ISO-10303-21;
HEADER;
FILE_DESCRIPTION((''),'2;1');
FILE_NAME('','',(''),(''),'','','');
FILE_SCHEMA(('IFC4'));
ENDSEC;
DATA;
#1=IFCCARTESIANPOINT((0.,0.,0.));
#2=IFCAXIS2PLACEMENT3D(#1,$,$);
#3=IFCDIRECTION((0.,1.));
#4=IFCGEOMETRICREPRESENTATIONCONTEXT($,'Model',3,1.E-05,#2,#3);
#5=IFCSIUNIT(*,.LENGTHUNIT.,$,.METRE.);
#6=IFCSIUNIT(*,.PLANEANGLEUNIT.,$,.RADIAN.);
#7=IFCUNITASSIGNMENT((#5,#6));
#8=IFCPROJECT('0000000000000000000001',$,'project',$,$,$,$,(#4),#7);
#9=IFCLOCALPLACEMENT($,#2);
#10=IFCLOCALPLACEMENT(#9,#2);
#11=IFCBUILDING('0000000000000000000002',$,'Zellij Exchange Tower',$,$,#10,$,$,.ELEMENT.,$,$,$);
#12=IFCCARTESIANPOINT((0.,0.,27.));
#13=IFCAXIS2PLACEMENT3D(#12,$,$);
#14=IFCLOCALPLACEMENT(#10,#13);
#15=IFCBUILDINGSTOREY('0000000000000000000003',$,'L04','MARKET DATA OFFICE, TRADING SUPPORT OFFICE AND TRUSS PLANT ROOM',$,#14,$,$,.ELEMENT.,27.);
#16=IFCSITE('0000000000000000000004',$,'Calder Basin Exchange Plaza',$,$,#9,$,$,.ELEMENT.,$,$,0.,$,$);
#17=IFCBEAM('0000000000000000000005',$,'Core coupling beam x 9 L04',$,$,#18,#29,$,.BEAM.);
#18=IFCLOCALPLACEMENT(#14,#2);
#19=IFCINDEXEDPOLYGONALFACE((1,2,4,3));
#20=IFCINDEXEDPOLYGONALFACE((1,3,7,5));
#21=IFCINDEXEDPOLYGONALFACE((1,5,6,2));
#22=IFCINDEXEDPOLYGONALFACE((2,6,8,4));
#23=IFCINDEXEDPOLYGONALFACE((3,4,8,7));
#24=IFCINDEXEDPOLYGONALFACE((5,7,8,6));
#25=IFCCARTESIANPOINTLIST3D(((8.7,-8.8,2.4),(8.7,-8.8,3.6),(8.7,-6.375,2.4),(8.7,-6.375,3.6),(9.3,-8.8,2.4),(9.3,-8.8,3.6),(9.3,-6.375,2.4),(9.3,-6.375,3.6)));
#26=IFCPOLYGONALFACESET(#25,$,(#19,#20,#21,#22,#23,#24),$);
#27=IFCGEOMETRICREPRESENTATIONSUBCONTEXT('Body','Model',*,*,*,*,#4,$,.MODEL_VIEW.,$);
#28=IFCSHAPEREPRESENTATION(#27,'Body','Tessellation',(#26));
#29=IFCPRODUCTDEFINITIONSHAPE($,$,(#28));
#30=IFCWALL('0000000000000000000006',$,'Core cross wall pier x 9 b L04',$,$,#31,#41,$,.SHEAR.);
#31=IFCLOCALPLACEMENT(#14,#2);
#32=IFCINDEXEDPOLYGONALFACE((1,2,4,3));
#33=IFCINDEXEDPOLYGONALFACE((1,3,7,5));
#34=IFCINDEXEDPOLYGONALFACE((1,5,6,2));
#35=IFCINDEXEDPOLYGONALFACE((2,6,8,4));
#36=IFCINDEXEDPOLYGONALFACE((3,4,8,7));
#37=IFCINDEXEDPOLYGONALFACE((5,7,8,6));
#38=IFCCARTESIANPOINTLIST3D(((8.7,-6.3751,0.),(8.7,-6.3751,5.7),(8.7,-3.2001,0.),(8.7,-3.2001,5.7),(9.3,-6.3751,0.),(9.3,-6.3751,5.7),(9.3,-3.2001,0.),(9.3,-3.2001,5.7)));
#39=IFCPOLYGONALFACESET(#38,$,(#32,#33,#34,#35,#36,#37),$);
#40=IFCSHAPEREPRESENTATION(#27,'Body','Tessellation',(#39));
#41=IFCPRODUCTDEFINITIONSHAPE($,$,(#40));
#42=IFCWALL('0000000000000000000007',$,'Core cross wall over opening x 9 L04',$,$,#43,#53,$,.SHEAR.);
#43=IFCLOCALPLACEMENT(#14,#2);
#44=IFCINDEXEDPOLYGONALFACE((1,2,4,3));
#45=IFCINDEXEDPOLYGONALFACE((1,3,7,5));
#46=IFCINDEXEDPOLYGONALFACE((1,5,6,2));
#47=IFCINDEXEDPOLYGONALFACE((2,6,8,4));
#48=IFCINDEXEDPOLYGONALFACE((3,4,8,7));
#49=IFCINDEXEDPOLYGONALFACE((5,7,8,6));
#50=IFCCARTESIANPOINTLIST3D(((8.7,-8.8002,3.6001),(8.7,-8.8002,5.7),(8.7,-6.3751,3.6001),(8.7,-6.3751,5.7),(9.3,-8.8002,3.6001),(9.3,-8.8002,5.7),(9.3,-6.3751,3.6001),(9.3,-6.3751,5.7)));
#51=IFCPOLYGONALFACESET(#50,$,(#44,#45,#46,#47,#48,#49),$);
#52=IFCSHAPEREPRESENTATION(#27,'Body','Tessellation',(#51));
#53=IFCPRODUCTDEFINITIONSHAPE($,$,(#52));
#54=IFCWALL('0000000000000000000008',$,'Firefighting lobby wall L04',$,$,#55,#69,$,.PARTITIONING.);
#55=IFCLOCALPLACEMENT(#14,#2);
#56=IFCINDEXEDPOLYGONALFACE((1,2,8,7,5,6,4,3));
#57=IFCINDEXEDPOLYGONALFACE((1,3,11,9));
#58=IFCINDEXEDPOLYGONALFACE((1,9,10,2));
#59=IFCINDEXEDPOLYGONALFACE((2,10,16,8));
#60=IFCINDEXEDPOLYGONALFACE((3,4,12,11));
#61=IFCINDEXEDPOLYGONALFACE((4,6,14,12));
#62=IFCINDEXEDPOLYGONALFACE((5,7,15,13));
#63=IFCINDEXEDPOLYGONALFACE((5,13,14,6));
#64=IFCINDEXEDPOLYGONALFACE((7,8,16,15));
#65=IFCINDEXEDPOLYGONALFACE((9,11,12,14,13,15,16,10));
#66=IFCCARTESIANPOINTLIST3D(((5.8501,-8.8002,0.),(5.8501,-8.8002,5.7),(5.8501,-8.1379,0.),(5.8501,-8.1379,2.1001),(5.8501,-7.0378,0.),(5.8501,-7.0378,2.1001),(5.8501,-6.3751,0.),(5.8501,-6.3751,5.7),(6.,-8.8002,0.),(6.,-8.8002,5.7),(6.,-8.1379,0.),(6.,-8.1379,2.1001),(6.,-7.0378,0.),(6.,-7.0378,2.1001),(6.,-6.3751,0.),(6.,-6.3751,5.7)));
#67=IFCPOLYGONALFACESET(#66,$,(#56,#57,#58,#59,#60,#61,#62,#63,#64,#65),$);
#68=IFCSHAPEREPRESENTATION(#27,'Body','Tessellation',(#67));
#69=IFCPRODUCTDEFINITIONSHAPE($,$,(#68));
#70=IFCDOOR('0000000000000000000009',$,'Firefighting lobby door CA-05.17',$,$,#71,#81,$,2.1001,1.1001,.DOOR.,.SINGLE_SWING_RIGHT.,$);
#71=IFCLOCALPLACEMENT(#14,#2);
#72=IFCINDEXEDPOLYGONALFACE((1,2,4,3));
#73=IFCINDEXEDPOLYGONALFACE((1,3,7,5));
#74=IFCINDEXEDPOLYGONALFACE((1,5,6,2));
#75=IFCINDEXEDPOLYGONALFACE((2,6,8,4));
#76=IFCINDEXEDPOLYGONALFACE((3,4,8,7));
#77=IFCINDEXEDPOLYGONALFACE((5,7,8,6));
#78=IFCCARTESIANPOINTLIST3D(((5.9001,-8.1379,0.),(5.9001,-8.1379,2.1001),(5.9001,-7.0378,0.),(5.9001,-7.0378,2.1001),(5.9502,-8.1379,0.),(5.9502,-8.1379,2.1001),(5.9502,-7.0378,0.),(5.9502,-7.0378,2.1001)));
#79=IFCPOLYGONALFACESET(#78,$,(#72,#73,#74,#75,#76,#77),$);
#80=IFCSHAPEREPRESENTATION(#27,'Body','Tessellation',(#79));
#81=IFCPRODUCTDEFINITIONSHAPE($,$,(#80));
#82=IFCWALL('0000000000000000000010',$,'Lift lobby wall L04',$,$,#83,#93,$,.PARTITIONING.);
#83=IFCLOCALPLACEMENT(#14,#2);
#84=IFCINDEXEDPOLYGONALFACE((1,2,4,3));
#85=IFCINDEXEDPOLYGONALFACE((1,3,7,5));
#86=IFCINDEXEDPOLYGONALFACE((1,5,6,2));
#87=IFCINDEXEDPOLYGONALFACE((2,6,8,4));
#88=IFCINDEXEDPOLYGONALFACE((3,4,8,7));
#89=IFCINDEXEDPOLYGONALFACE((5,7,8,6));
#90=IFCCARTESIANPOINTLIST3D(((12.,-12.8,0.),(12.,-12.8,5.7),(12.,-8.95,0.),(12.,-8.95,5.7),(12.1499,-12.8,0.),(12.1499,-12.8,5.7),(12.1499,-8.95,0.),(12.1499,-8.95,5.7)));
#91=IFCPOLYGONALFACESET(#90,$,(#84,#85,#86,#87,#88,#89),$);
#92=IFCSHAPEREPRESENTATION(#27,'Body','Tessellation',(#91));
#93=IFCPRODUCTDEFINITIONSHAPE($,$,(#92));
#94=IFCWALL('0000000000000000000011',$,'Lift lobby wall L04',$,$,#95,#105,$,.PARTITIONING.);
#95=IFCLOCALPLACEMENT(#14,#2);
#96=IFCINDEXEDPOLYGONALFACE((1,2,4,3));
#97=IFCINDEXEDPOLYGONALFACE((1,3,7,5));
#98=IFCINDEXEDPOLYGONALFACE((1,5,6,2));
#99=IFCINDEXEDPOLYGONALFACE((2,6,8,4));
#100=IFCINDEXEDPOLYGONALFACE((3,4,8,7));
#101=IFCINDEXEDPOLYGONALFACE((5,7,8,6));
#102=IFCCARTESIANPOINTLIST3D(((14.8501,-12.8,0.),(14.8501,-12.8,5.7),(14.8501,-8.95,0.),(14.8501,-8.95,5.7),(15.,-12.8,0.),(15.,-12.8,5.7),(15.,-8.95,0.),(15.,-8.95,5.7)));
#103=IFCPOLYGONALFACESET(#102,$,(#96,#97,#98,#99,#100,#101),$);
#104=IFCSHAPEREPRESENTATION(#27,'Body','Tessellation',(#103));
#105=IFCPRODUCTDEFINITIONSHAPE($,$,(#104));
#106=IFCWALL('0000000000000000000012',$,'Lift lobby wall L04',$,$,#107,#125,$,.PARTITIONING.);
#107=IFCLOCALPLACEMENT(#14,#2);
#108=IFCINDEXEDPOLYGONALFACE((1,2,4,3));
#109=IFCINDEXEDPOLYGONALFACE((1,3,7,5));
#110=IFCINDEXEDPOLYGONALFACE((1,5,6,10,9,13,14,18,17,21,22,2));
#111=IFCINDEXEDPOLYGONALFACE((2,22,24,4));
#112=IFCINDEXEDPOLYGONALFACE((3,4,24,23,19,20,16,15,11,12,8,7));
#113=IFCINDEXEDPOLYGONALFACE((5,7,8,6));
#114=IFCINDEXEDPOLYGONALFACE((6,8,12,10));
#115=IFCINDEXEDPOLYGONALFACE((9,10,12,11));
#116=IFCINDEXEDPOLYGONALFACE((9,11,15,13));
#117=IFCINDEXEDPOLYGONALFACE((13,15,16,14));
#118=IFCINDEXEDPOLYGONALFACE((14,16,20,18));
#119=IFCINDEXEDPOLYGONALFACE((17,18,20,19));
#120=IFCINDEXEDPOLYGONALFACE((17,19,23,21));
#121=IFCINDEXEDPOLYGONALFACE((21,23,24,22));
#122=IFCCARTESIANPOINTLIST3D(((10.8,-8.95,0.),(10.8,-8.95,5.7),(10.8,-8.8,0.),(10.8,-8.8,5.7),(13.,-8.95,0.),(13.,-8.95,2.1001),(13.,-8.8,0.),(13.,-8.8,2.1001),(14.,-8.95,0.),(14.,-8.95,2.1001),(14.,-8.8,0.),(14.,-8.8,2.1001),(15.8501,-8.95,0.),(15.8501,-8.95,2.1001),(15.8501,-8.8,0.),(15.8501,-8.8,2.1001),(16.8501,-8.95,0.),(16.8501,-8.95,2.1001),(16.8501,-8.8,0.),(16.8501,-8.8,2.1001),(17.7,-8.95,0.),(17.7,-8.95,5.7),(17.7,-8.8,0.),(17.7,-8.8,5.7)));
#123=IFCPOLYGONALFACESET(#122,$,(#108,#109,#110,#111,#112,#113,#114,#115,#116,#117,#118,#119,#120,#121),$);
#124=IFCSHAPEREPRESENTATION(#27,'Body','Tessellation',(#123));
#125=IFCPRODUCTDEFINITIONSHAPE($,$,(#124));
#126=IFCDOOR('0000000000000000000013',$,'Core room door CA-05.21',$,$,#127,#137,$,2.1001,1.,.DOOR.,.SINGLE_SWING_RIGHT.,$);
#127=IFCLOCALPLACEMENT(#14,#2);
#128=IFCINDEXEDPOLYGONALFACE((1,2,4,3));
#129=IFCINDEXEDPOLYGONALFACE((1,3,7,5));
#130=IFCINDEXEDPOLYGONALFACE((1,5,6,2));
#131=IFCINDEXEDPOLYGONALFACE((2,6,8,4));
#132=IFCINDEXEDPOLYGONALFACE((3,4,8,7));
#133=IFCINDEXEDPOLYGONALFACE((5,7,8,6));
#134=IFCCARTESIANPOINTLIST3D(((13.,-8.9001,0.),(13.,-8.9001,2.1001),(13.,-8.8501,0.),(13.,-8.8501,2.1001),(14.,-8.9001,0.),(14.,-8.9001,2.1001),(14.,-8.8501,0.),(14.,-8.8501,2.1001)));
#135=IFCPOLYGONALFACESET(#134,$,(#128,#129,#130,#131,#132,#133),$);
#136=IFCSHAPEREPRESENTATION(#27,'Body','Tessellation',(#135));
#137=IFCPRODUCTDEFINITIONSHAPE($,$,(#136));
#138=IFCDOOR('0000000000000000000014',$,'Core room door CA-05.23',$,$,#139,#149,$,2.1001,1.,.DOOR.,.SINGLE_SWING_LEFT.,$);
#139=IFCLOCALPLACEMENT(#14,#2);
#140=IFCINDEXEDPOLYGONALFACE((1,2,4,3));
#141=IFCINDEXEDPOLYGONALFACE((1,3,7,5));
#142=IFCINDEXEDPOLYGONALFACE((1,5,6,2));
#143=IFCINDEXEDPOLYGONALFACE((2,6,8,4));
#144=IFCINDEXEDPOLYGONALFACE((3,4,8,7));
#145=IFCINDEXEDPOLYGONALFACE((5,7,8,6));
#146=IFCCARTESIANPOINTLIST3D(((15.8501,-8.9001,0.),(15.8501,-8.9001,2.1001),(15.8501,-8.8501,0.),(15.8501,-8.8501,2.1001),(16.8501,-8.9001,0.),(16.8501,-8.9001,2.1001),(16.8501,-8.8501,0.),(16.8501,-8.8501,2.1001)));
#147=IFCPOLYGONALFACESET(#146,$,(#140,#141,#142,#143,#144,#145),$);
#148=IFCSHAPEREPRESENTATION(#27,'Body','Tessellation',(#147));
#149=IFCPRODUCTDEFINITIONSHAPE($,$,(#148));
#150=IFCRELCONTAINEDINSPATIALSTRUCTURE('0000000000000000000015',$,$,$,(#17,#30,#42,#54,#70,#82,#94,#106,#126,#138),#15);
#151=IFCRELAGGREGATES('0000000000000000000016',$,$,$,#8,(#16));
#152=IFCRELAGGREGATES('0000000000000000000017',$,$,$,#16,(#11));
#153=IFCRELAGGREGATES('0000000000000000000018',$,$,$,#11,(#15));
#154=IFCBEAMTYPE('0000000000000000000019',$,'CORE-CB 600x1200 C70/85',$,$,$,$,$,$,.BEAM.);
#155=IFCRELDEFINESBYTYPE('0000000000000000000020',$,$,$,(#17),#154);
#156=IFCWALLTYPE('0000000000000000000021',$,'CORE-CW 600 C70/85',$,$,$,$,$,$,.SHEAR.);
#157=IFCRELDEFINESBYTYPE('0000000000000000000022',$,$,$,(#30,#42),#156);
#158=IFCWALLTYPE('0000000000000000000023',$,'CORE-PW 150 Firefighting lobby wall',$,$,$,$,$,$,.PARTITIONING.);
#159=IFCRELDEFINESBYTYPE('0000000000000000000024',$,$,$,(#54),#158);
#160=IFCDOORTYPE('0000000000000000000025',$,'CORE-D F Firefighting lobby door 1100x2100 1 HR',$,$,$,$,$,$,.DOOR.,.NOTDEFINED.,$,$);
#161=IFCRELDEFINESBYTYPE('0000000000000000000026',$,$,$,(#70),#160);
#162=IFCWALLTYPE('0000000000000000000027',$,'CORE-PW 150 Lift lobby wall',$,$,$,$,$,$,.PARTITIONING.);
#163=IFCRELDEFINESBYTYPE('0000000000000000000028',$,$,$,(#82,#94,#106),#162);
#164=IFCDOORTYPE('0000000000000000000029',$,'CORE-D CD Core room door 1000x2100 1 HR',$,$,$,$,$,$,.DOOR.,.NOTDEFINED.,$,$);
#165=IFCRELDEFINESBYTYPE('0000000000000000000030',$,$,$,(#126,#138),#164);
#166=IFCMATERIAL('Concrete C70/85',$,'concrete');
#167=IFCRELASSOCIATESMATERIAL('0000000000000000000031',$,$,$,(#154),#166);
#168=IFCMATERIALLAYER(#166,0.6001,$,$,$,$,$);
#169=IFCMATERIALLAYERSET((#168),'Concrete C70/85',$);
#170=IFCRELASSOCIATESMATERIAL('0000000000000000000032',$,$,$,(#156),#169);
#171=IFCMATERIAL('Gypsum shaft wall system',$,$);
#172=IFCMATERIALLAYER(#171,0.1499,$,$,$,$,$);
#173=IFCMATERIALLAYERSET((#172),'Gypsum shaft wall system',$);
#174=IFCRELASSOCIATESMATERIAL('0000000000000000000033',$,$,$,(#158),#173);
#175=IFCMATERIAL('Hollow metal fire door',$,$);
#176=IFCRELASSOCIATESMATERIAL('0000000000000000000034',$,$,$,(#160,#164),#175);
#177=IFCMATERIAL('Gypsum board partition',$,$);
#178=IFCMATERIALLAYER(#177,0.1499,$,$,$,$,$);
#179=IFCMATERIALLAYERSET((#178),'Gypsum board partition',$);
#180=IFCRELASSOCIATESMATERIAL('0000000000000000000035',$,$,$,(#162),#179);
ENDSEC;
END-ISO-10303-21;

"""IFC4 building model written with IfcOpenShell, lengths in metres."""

from ifc_helpers import new_model, si_unit, direction, frame, frame_2d, origin, origin_2d, place, context, subcontext, project, spatial, rectangle, extrude, material, layer, layer_set, material_profile, profile_set, type_object, element, fill, save


model = new_model("IFC4")

# Units and contexts
model_context = context("Model", 3, precision=1e-05, world=origin(), true_north=direction((0.0, 1.0)))
body_context = subcontext(model_context, "Body", "Model", "MODEL_VIEW")
ifc_project = project(units=[si_unit("LENGTHUNIT", "METRE"), si_unit("PLANEANGLEUNIT", "RADIAN")], contexts=[model_context])

# Site, building, storey
site_placement = place(None, origin())
site = spatial("IfcSite", under=ifc_project, at=site_placement, Name="Calder Basin Exchange Plaza", CompositionType="ELEMENT", RefElevation=0.0)
building_placement = place(site_placement, origin())
building = spatial("IfcBuilding", under=site, at=building_placement, Name="Zellij Exchange Tower", CompositionType="ELEMENT")
storey_placement = place(building_placement, frame((0.0, 0.0, 27.0)))
storey = spatial("IfcBuildingStorey", under=building, at=storey_placement, Name="L04", Description="MARKET DATA OFFICE, TRADING SUPPORT OFFICE AND TRUSS PLANT ROOM", CompositionType="ELEMENT", Elevation=27.0)

# Beam
ifc_material_1 = material(Name="Concrete C70/85", Category="concrete")
ifc_material_profile = material_profile(ifc_material_1, rectangle(XDim=0.6001, YDim=1.2, at=origin_2d()), Name="CORE-CB 600x1200 C70/85")
ifc_profile_set = profile_set([ifc_material_profile], Name="Concrete C70/85")
beam_type = type_object("IfcBeamType", Name="CORE-CB 600x1200 C70/85", PredefinedType="BEAM", material=ifc_profile_set)
beam_placement = place(storey_placement, frame((9.0, -8.8, 3.0), z_axis=(0.0, 1.0, 0.0), x_axis=(-1.0, 0.0, 0.0)))
element("IfcBeam", 1, at=beam_placement, inside=storey, type_object=beam_type, Name="Core coupling beam x 9 L04", PredefinedType="BEAM", context=body_context, shape_type="SweptSolid", body=[
    extrude(rectangle(XDim=0.6001, YDim=1.2, at=origin_2d()), origin(), (0.0, 0.0, 1.0), 2.425),
])

# Walls
ifc_layer_1 = layer(ifc_material_1, 0.6001)
ifc_layer_set_1 = layer_set([ifc_layer_1], Name="Concrete C70/85")
wall_type_1 = type_object("IfcWallType", Name="CORE-CW 600 C70/85", PredefinedType="SHEAR", material=ifc_layer_set_1)
wall_1_placement = place(storey_placement, frame((9.0, -6.375, 0.0), z_axis=(0.0, 0.0, 1.0), x_axis=(0.0, 1.0, 0.0)))
element("IfcWall", 2, at=wall_1_placement, inside=storey, type_object=wall_type_1, Name="Core cross wall pier x 9 b L04", PredefinedType="SHEAR", context=body_context, shape_type="SweptSolid", body=[
    extrude(rectangle(XDim=3.175, YDim=0.6001, at=frame_2d((1.5874, 0.0))), origin(), (0.0, 0.0, 1.0), 5.7),
])
wall_2_placement = place(storey_placement, frame((9.0, -8.8, 3.6001), z_axis=(0.0, 0.0, 1.0), x_axis=(0.0, 1.0, 0.0)))
element("IfcWall", 3, at=wall_2_placement, inside=storey, type_object=wall_type_1, Name="Core cross wall over opening x 9 L04", PredefinedType="SHEAR", context=body_context, shape_type="SweptSolid", body=[
    extrude(rectangle(XDim=2.425, YDim=0.6001, at=frame_2d((1.2124, 0.0))), origin(), (0.0, 0.0, 1.0), 2.0999),
])

# Wall, opening, door
ifc_material_2 = material(Name="Gypsum shaft wall system")
ifc_layer_2 = layer(ifc_material_2, 0.1499)
ifc_layer_set_2 = layer_set([ifc_layer_2], Name="Gypsum shaft wall system")
wall_type_2 = type_object("IfcWallType", Name="CORE-PW 150 Firefighting lobby wall", PredefinedType="PARTITIONING", material=ifc_layer_set_2)
wall_3_placement = place(storey_placement, frame((5.925, -8.8, 0.0), z_axis=(0.0, 0.0, 1.0), x_axis=(0.0, 1.0, 0.0)))
wall_3 = element("IfcWall", 4, at=wall_3_placement, inside=storey, type_object=wall_type_2, Name="Firefighting lobby wall L04", PredefinedType="PARTITIONING", context=body_context, shape_type="SweptSolid", body=[
    extrude(rectangle(XDim=2.425, YDim=0.1499, at=frame_2d((1.2124, 0.0))), origin(), (0.0, 0.0, 1.0), 5.7),
])
opening_1_placement = place(wall_3_placement, frame((0.6621, 0.0, 0.0)))
opening_1 = element("IfcOpeningElement", 5, at=opening_1_placement, cuts=wall_3, PredefinedType="OPENING", context=body_context, shape_type="SweptSolid", body=[
    extrude(rectangle(XDim=1.1001, YDim=2.1001, at=frame_2d((0.55, 1.05))), frame((0.0, 0.0869, 0.0), z_axis=(0.0, -1.0, 0.0), x_axis=(1.0, 0.0, 0.0)), (0.0, 0.0, 1.0), 0.1738),
])
ifc_material_3 = material(Name="Hollow metal fire door")
door_type_1 = type_object("IfcDoorType", Name="CORE-D F Firefighting lobby door 1100x2100 1 HR", OperationType="NOTDEFINED", PredefinedType="DOOR", material=ifc_material_3)
door_1_placement = place(opening_1_placement, origin())
door_1 = element("IfcDoor", 6, at=door_1_placement, inside=storey, type_object=door_type_1, Name="Firefighting lobby door CA-05.17", OperationType="SINGLE_SWING_RIGHT", OverallHeight=2.1001, OverallWidth=1.1001, PredefinedType="DOOR", context=body_context, shape_type="SweptSolid", body=[
    extrude(rectangle(XDim=1.1001, YDim=2.1001, at=frame_2d((0.55, 1.05))), frame((0.0, 0.0249, 0.0), z_axis=(0.0, -1.0, 0.0), x_axis=(1.0, 0.0, 0.0)), (0.0, 0.0, 1.0), 0.05),
])
fill(opening_1, door_1)

# Walls
ifc_material_4 = material(Name="Gypsum board partition")
ifc_layer_3 = layer(ifc_material_4, 0.1499)
ifc_layer_set_3 = layer_set([ifc_layer_3], Name="Gypsum board partition")
wall_type_3 = type_object("IfcWallType", Name="CORE-PW 150 Lift lobby wall", PredefinedType="PARTITIONING", material=ifc_layer_set_3)
for number, where, z_axis, x_axis, name in (
    (7, (12.075, -12.8, 0.0), (0.0, 0.0, 1.0), (0.0, 1.0, 0.0), "Lift lobby wall L04"),
    (8, (14.925, -12.8, 0.0), (0.0, 0.0, 1.0), (0.0, 1.0, 0.0), "Lift lobby wall L04"),
):
    element("IfcWall", number, at=place(storey_placement, frame(where, z_axis=z_axis, x_axis=x_axis)), inside=storey, type_object=wall_type_3, Name=name, PredefinedType="PARTITIONING", context=body_context, shape_type="SweptSolid", body=[
        extrude(rectangle(XDim=3.8501, YDim=0.1499, at=frame_2d((1.925, 0.0))), origin(), (0.0, 0.0, 1.0), 5.7),
    ])

# Wall, openings, doors
wall_4_placement = place(storey_placement, frame((10.8, -8.875, 0.0), z_axis=(0.0, 0.0, 1.0), x_axis=(1.0, 0.0, 0.0)))
wall_4 = element("IfcWall", 9, at=wall_4_placement, inside=storey, type_object=wall_type_3, Name="Lift lobby wall L04", PredefinedType="PARTITIONING", context=body_context, shape_type="SweptSolid", body=[
    extrude(rectangle(XDim=6.8999, YDim=0.1499, at=frame_2d((3.45, 0.0))), origin(), (0.0, 0.0, 1.0), 5.7),
])
opening_2_placement = place(wall_4_placement, frame((2.2, 0.0, 0.0)))
opening_2 = element("IfcOpeningElement", 10, at=opening_2_placement, cuts=wall_4, PredefinedType="OPENING", context=body_context, shape_type="SweptSolid", body=[
    extrude(rectangle(XDim=1.0, YDim=2.1001, at=frame_2d((0.5, 1.05))), frame((0.0, 0.0869, 0.0), z_axis=(0.0, -1.0, 0.0), x_axis=(1.0, 0.0, 0.0)), (0.0, 0.0, 1.0), 0.1738),
])
opening_3_placement = place(wall_4_placement, frame((5.05, 0.0, 0.0)))
opening_3 = element("IfcOpeningElement", 11, at=opening_3_placement, cuts=wall_4, PredefinedType="OPENING", context=body_context, shape_type="SweptSolid", body=[
    extrude(rectangle(XDim=1.0, YDim=2.1001, at=frame_2d((0.5, 1.05))), frame((0.0, 0.0869, 0.0), z_axis=(0.0, -1.0, 0.0), x_axis=(1.0, 0.0, 0.0)), (0.0, 0.0, 1.0), 0.1738),
])
door_type_2 = type_object("IfcDoorType", Name="CORE-D CD Core room door 1000x2100 1 HR", OperationType="NOTDEFINED", PredefinedType="DOOR", material=ifc_material_3)
door_2_placement = place(opening_2_placement, origin())
door_2 = element("IfcDoor", 12, at=door_2_placement, inside=storey, type_object=door_type_2, Name="Core room door CA-05.21", OperationType="SINGLE_SWING_RIGHT", OverallHeight=2.1001, OverallWidth=1.0, PredefinedType="DOOR", context=body_context, shape_type="SweptSolid", body=[
    extrude(rectangle(XDim=1.0, YDim=2.1001, at=frame_2d((0.5, 1.05))), frame((0.0, 0.0249, 0.0), z_axis=(0.0, -1.0, 0.0), x_axis=(1.0, 0.0, 0.0)), (0.0, 0.0, 1.0), 0.05),
])
fill(opening_2, door_2)
door_3_placement = place(opening_3_placement, origin())
door_3 = element("IfcDoor", 13, at=door_3_placement, inside=storey, type_object=door_type_2, Name="Core room door CA-05.23", OperationType="SINGLE_SWING_LEFT", OverallHeight=2.1001, OverallWidth=1.0, PredefinedType="DOOR", context=body_context, shape_type="SweptSolid", body=[
    extrude(rectangle(XDim=1.0, YDim=2.1001, at=frame_2d((0.5, 1.05))), frame((0.0, 0.0249, 0.0), z_axis=(0.0, -1.0, 0.0), x_axis=(1.0, 0.0, 0.0)), (0.0, 0.0, 1.0), 0.05),
])
fill(opening_3, door_3)

save(model, "model.ifc")
